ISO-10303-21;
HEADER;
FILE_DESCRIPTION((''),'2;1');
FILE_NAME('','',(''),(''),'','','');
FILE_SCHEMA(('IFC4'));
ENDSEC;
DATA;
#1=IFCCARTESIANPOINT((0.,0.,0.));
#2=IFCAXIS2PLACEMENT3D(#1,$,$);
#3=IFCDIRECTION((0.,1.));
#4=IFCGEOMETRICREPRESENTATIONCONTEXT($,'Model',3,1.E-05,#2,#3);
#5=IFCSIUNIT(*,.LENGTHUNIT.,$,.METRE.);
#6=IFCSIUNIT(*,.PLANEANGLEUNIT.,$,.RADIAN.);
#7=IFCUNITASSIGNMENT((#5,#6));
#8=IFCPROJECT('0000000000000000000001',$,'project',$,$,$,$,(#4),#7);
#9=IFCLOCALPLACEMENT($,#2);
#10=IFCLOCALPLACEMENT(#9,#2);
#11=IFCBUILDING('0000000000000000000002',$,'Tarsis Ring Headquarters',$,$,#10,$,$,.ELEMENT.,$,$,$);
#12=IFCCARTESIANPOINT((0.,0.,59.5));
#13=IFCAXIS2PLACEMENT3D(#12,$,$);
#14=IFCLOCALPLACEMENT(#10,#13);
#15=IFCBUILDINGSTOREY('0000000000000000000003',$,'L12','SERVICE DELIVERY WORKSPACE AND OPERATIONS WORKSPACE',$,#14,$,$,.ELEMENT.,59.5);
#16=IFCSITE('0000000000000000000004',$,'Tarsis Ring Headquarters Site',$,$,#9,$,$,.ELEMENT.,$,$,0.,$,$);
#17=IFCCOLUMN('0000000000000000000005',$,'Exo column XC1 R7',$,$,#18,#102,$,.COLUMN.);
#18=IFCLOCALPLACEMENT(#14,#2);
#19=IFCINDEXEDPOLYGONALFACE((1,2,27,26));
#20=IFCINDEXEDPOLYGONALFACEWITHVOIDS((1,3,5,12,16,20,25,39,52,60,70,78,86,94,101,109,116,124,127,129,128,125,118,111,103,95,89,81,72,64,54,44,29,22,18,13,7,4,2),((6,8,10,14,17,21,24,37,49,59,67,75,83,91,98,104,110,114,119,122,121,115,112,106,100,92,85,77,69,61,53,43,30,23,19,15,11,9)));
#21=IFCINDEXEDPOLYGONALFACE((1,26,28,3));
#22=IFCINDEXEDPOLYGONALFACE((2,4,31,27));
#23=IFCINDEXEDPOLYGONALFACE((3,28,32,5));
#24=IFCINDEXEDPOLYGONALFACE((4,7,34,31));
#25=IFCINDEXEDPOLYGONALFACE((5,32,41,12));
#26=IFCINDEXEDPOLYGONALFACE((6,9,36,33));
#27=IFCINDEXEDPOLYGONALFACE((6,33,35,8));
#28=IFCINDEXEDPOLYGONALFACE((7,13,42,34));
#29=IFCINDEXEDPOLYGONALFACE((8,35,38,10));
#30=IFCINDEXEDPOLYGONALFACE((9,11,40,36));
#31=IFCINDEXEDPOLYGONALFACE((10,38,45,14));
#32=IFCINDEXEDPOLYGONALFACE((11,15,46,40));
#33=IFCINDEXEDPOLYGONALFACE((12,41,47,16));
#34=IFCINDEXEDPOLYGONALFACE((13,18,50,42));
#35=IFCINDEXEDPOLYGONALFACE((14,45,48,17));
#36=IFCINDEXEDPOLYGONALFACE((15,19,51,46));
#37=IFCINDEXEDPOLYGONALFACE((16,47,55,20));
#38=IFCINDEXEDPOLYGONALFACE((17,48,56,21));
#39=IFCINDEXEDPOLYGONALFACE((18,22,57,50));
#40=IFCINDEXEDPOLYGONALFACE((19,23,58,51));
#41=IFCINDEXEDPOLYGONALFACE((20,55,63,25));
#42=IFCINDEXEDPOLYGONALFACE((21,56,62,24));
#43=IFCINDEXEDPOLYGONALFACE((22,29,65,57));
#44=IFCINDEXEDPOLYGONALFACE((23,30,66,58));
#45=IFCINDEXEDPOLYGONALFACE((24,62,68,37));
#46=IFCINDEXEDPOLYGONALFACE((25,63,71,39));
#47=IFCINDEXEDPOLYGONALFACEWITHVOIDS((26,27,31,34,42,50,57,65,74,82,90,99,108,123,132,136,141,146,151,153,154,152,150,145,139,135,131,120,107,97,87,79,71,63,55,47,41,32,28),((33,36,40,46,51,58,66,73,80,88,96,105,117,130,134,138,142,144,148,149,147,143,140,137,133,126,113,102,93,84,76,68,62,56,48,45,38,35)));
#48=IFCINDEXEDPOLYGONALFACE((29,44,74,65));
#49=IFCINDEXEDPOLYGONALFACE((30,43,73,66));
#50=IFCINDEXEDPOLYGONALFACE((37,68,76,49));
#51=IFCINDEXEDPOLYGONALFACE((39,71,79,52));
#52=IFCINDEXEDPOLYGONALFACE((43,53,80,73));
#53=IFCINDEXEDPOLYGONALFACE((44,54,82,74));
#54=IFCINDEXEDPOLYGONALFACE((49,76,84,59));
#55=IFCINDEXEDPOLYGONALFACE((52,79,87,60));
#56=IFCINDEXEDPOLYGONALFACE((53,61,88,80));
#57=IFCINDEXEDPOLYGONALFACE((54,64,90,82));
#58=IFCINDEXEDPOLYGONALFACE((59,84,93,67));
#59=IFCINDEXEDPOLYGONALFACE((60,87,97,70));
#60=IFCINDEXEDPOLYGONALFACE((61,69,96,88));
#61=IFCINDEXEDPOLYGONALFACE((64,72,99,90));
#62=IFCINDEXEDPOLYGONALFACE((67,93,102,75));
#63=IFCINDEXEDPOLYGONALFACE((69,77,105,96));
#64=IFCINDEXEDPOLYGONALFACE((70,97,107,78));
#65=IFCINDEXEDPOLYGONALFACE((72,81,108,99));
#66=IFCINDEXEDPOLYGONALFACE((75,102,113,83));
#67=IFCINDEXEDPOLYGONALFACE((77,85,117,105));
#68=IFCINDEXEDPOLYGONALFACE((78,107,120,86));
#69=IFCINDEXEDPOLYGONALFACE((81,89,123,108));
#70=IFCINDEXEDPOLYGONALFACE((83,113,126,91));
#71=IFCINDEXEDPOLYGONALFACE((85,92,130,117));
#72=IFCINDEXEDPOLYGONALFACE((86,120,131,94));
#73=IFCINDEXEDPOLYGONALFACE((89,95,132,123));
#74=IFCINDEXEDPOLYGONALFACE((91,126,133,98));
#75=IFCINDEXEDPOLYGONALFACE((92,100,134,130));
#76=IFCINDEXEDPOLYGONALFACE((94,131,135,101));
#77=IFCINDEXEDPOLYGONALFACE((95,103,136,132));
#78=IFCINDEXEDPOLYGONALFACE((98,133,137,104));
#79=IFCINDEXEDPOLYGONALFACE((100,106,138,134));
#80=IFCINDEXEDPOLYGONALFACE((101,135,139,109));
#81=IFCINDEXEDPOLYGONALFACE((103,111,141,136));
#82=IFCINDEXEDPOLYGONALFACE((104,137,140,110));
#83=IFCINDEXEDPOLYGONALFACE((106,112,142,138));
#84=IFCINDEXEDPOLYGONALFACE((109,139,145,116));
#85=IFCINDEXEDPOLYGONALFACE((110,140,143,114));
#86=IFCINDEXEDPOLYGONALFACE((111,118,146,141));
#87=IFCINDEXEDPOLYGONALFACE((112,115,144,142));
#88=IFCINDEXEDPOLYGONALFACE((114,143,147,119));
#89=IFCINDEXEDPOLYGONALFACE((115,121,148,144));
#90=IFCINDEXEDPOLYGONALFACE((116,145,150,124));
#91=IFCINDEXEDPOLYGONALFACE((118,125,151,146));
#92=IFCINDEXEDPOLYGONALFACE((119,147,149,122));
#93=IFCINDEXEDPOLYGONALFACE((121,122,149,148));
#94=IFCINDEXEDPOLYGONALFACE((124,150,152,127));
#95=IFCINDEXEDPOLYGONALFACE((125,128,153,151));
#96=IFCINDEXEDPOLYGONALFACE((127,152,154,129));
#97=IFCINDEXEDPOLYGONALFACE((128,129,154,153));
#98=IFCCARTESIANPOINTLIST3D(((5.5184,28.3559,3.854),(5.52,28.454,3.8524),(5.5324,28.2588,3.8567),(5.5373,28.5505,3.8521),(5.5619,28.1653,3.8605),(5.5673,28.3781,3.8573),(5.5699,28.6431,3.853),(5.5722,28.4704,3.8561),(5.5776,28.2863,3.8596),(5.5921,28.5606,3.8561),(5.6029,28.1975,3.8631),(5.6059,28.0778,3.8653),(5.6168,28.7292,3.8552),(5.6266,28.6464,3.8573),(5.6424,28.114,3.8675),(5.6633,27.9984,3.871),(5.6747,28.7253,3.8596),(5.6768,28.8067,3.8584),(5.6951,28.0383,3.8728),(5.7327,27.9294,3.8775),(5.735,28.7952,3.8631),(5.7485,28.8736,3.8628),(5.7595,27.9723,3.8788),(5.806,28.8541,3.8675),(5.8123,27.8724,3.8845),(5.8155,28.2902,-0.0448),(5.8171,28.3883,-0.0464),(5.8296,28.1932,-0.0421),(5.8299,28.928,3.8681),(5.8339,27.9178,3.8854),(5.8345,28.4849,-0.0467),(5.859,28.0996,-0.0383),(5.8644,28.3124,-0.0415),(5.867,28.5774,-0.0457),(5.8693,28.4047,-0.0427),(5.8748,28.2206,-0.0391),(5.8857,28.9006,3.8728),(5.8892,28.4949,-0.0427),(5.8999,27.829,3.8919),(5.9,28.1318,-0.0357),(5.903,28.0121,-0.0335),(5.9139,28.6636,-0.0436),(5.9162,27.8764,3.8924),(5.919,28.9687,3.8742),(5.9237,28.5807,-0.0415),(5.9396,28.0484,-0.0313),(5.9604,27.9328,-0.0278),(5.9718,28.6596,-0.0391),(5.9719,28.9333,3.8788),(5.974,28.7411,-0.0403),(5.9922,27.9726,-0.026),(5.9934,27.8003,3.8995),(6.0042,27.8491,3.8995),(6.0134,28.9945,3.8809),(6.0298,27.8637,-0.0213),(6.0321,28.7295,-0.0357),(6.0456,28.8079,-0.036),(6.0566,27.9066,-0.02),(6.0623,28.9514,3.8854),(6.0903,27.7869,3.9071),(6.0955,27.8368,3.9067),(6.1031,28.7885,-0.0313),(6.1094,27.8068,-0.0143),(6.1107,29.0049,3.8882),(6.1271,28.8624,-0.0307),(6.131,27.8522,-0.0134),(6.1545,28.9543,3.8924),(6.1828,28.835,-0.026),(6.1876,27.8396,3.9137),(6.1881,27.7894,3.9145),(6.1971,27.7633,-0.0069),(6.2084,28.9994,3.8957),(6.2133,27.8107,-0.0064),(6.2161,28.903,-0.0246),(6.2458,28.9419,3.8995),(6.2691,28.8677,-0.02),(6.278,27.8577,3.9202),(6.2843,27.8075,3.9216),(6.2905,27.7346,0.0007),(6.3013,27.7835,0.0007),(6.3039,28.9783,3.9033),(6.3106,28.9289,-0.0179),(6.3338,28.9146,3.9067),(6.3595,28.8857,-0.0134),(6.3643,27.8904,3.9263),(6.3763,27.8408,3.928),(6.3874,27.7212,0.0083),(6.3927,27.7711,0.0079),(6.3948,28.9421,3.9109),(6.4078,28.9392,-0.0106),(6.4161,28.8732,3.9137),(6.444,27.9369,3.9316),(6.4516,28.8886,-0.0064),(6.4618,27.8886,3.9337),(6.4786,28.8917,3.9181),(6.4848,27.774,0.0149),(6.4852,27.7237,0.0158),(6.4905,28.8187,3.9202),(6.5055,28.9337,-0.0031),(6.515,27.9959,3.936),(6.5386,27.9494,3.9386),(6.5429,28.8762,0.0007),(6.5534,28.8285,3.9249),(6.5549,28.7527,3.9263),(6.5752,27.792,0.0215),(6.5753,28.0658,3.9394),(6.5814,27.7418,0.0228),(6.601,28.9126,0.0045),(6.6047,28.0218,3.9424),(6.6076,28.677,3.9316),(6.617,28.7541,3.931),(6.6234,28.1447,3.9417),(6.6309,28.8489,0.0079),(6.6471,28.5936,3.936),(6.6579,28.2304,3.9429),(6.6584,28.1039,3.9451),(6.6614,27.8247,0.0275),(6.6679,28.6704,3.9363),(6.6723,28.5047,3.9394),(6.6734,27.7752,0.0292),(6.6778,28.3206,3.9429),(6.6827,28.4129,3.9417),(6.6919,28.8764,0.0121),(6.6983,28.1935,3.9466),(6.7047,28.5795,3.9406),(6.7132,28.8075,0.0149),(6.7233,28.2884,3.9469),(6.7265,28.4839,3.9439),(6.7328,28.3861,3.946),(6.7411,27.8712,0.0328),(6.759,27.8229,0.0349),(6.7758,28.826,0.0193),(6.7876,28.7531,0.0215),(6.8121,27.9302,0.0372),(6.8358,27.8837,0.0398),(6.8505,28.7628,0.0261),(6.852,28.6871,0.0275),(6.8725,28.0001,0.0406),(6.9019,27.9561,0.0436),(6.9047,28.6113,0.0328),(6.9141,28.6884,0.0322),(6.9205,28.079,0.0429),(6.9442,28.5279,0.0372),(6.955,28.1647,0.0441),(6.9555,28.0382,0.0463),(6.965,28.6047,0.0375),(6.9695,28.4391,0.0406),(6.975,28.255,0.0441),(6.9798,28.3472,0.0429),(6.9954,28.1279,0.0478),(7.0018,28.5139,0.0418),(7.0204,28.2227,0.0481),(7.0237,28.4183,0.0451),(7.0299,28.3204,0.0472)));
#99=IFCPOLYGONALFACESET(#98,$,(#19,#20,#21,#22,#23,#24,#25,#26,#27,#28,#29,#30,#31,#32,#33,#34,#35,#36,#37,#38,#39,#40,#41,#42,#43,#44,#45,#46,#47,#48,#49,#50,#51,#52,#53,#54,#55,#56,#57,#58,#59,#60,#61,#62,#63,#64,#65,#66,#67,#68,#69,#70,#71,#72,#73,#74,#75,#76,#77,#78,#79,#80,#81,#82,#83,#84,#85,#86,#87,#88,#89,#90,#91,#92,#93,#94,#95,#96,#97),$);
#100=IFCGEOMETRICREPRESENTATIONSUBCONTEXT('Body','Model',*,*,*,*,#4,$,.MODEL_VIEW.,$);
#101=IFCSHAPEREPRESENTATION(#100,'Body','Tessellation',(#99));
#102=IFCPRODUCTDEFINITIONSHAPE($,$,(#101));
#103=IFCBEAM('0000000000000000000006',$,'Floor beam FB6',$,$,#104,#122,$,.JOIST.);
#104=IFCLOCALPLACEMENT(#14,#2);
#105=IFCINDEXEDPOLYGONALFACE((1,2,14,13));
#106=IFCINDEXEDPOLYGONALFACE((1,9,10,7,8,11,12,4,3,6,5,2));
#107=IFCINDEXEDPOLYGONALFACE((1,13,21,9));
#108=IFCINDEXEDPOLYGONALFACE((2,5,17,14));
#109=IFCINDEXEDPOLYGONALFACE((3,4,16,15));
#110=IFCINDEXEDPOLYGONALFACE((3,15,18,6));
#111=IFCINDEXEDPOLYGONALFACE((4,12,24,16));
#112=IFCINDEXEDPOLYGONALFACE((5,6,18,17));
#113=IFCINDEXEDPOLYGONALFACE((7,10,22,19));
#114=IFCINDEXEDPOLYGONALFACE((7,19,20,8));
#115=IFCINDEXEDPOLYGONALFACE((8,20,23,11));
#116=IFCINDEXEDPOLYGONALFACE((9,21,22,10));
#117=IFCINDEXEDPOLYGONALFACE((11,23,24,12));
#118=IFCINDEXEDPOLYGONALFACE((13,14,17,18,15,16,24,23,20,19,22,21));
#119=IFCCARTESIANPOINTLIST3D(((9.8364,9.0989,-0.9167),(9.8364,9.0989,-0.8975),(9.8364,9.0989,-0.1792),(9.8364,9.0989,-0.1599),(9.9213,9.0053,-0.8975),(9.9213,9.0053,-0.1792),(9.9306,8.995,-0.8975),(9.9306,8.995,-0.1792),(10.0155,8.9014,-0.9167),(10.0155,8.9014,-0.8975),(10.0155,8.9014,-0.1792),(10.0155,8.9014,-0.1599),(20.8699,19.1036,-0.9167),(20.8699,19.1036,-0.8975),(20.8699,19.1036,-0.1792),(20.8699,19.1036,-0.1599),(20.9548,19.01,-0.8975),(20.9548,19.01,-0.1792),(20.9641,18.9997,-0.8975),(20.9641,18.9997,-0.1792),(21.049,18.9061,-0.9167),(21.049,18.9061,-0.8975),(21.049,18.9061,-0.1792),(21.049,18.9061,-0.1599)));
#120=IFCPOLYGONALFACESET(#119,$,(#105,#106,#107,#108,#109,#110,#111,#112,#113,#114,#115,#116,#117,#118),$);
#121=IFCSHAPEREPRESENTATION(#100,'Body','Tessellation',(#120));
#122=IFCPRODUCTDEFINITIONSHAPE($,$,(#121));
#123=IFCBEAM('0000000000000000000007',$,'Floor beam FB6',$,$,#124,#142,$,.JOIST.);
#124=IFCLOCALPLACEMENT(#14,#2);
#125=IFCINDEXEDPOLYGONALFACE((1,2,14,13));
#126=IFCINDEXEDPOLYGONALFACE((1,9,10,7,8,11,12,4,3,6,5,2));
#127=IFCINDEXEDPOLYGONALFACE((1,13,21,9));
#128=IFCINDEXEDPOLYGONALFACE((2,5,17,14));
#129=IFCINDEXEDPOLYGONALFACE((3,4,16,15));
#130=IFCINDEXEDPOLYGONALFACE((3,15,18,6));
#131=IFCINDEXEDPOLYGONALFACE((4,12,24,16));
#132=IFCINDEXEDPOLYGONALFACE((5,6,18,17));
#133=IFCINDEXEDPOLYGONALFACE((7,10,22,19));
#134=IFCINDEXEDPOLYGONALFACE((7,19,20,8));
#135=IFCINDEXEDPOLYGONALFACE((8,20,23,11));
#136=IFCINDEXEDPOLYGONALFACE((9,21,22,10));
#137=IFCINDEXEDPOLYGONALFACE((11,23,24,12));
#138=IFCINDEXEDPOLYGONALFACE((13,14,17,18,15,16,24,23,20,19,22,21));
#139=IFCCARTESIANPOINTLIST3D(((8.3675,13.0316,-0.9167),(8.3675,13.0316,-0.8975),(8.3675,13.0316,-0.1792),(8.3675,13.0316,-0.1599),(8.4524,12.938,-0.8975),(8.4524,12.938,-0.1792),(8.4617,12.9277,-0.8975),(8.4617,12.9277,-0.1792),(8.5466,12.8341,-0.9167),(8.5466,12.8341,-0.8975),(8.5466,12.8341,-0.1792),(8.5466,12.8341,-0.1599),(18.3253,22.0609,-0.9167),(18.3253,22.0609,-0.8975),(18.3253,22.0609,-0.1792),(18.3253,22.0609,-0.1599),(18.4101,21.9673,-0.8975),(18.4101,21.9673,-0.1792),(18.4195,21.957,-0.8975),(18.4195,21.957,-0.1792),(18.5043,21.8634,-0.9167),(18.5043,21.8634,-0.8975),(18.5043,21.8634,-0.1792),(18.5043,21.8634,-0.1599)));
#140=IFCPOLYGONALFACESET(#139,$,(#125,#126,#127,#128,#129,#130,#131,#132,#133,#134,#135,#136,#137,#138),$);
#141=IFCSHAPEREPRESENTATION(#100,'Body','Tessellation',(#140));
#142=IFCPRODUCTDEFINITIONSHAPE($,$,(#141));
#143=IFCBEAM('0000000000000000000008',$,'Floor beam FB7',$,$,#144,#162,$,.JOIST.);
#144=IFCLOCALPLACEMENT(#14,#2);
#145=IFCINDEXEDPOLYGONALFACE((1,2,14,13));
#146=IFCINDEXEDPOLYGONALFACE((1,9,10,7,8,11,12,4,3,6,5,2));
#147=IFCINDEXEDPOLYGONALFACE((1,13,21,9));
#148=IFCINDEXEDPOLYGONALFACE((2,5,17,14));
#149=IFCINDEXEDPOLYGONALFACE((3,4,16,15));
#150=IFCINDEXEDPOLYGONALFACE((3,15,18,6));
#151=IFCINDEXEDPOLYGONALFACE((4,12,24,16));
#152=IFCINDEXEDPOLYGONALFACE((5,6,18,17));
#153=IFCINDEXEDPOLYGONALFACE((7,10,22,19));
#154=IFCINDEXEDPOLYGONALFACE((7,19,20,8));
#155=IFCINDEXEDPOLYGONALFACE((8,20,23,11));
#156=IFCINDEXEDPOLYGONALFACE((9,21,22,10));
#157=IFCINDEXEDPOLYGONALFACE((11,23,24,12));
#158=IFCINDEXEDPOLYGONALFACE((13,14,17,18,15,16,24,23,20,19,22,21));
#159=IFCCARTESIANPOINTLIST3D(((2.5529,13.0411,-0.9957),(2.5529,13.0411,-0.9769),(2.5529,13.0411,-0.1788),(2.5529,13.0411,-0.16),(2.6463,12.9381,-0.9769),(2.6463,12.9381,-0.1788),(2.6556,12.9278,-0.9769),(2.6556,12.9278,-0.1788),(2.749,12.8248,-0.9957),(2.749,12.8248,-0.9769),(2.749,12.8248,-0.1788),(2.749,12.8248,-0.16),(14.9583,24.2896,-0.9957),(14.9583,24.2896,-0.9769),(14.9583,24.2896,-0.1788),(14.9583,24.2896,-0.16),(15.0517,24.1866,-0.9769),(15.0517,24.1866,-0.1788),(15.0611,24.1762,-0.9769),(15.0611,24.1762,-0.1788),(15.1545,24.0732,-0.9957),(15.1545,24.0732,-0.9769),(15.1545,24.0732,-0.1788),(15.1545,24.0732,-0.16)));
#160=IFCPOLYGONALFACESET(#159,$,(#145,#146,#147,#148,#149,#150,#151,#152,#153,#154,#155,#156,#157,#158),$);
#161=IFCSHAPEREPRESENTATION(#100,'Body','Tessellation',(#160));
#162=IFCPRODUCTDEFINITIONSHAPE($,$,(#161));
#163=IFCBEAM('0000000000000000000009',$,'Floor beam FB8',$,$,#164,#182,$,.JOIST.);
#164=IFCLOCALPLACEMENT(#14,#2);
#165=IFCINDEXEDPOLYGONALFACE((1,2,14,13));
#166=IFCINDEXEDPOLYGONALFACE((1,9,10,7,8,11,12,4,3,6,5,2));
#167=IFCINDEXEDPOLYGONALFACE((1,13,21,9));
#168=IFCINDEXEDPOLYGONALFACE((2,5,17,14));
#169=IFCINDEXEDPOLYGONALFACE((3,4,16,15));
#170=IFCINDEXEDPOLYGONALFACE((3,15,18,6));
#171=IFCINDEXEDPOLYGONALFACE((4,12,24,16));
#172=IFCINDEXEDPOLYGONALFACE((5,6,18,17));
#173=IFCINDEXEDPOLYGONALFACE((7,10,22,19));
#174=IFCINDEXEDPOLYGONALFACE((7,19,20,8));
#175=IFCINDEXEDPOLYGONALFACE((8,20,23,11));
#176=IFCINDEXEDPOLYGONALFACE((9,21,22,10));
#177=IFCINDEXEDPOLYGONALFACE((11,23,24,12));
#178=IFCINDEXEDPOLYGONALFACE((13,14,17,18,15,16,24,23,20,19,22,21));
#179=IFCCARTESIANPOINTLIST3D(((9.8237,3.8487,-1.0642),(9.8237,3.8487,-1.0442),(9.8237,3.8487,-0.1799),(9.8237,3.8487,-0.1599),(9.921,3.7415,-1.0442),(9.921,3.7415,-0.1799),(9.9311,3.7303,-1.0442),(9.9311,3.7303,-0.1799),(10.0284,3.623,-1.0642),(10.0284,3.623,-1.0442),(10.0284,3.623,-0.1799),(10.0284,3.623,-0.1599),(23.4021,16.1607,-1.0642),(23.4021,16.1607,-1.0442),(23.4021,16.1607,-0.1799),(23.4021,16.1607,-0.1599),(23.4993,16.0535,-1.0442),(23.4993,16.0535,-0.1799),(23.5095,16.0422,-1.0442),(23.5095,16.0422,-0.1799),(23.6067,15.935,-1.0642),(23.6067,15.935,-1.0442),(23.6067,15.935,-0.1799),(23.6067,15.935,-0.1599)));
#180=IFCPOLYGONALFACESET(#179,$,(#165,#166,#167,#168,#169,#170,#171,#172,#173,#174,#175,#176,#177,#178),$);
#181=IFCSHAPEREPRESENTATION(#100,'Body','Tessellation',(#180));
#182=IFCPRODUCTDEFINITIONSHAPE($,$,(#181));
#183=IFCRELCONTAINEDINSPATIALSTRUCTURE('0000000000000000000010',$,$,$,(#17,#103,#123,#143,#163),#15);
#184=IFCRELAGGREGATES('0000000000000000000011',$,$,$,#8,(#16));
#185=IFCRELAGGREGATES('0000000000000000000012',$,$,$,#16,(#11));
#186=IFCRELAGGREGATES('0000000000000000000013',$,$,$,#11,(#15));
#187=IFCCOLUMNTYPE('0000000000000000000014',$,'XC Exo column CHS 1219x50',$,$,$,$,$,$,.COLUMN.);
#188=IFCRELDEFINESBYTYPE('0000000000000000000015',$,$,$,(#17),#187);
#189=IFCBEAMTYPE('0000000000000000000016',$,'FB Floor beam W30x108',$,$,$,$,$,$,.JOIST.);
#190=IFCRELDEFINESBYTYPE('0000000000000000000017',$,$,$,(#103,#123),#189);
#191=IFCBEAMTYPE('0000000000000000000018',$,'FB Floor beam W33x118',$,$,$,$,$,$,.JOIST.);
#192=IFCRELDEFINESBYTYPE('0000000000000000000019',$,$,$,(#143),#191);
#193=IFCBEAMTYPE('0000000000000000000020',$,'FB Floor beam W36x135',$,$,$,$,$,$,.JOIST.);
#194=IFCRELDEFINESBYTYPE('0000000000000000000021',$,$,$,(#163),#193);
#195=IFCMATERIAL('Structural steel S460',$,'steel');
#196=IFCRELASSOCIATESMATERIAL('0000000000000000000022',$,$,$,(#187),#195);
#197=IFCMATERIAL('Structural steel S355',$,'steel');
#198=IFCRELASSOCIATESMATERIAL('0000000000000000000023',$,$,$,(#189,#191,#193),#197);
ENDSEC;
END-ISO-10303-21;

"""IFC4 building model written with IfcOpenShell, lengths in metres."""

from ifc_helpers import new_model, si_unit, direction, frame, origin, origin_2d, place, context, subcontext, project, spatial, hollow_circle, i_section, extrude, material, material_profile, profile_set, type_object, element, save


model = new_model("IFC4")

# Units and contexts
model_context = context("Model", 3, precision=1e-05, world=origin(), true_north=direction((0.0, 1.0)))
body_context = subcontext(model_context, "Body", "Model", "MODEL_VIEW")
ifc_project = project(units=[si_unit("LENGTHUNIT", "METRE"), si_unit("PLANEANGLEUNIT", "RADIAN")], contexts=[model_context])

# Site, building, storey
site_placement = place(None, origin())
site = spatial("IfcSite", under=ifc_project, at=site_placement, Name="Tarsis Ring Headquarters Site", CompositionType="ELEMENT", RefElevation=0.0)
building_placement = place(site_placement, origin())
building = spatial("IfcBuilding", under=site, at=building_placement, Name="Tarsis Ring Headquarters", CompositionType="ELEMENT")
storey_placement = place(building_placement, frame((0.0, 0.0, 59.5)))
storey = spatial("IfcBuildingStorey", under=building, at=storey_placement, Name="L12", Description="SERVICE DELIVERY WORKSPACE AND OPERATIONS WORKSPACE", CompositionType="ELEMENT", Elevation=59.5)

# Column
ifc_material_1 = material(Name="Structural steel S460", Category="steel")
ifc_material_profile_1 = material_profile(ifc_material_1, hollow_circle(Radius=0.6096, WallThickness=0.05, at=origin_2d()), Name="CHS 1219x50")
ifc_profile_set_1 = profile_set([ifc_material_profile_1], Name="Structural steel S460")
column_type = type_object("IfcColumnType", Name="XC Exo column CHS 1219x50", PredefinedType="COLUMN", material=ifc_profile_set_1)
column_1_placement = place(storey_placement, frame((6.4221, 28.3298, 0.0007), z_axis=(-0.075979, 0.016794, 0.996968), x_axis=(-0.215826, -0.976432, 0.0)))
element("IfcColumn", 1, at=column_1_placement, inside=storey, type_object=column_type, Name="Exo column XC1 R7", PredefinedType="COLUMN", context=body_context, shape_type="SweptSolid", body=[
    extrude(hollow_circle(Radius=0.6096, WallThickness=0.05, at=origin_2d()), origin(), (0.0, 0.0, 1.0), 3.9106),
])

# Beams
ifc_material_2 = material(Name="Structural steel S355", Category="steel")
ifc_material_profile_2 = material_profile(ifc_material_2, i_section(OverallWidth=0.2666, OverallDepth=0.7568, WebThickness=0.0139, FlangeThickness=0.0193, at=origin_2d()), Name="W30x108")
ifc_profile_set_2 = profile_set([ifc_material_profile_2], Name="Structural steel S355")
beam_type_1 = type_object("IfcBeamType", Name="FB Floor beam W30x108", PredefinedType="JOIST", material=ifc_profile_set_2)
beam_1_placement = place(storey_placement, frame((20.9595, 19.0049, -0.5383), z_axis=(-0.740801, -0.671725, 0.0), x_axis=(0.671725, -0.740801, 0.0)))
element("IfcBeam", 2, at=beam_1_placement, inside=storey, type_object=beam_type_1, Name="Floor beam FB6", PredefinedType="JOIST", context=body_context, shape_type="SweptSolid", body=[
    extrude(i_section(OverallWidth=0.2666, OverallDepth=0.7568, WebThickness=0.0139, FlangeThickness=0.0193, at=origin_2d()), origin(), (0.0, 0.0, 1.0), 14.894),
])
beam_2_placement = place(storey_placement, frame((18.4148, 21.9622, -0.5383), z_axis=(-0.740799, -0.671727, 0.0), x_axis=(0.671727, -0.740799, 0.0)))
element("IfcBeam", 3, at=beam_2_placement, inside=storey, type_object=beam_type_1, Name="Floor beam FB6", PredefinedType="JOIST", context=body_context, shape_type="SweptSolid", body=[
    extrude(i_section(OverallWidth=0.2666, OverallDepth=0.7568, WebThickness=0.0139, FlangeThickness=0.0193, at=origin_2d()), origin(), (0.0, 0.0, 1.0), 13.4419),
])
ifc_material_profile_3 = material_profile(ifc_material_2, i_section(OverallWidth=0.292, OverallDepth=0.8357, WebThickness=0.0139, FlangeThickness=0.0188, at=origin_2d()), Name="W33x118")
ifc_profile_set_3 = profile_set([ifc_material_profile_3], Name="Structural steel S355")
beam_type_2 = type_object("IfcBeamType", Name="FB Floor beam W33x118", PredefinedType="JOIST", material=ifc_profile_set_3)
beam_3_placement = place(storey_placement, frame((15.0564, 24.1814, -0.5779), z_axis=(-0.740808, -0.671717, 0.0), x_axis=(0.671717, -0.740808, 0.0)))
element("IfcBeam", 4, at=beam_3_placement, inside=storey, type_object=beam_type_2, Name="Floor beam FB7", PredefinedType="JOIST", context=body_context, shape_type="SweptSolid", body=[
    extrude(i_section(OverallWidth=0.292, OverallDepth=0.8357, WebThickness=0.0139, FlangeThickness=0.0188, at=origin_2d()), origin(), (0.0, 0.0, 1.0), 16.7458),
])
ifc_material_profile_4 = material_profile(ifc_material_2, i_section(OverallWidth=0.3047, OverallDepth=0.9043, WebThickness=0.0151, FlangeThickness=0.02, at=origin_2d()), Name="W36x135")
ifc_profile_set_4 = profile_set([ifc_material_profile_4], Name="Structural steel S355")
beam_type_3 = type_object("IfcBeamType", Name="FB Floor beam W36x135", PredefinedType="JOIST", material=ifc_profile_set_4)
beam_4_placement = place(storey_placement, frame((23.5044, 16.0479, -0.6121), z_axis=(-0.740807, -0.671718, 0.0), x_axis=(0.671718, -0.740807, 0.0)))
element("IfcBeam", 5, at=beam_4_placement, inside=storey, type_object=beam_type_3, Name="Floor beam FB8", PredefinedType="JOIST", context=body_context, shape_type="SweptSolid", body=[
    extrude(i_section(OverallWidth=0.3047, OverallDepth=0.9043, WebThickness=0.0151, FlangeThickness=0.02, at=origin_2d()), origin(), (0.0, 0.0, 1.0), 18.3291),
])

save(model, "model.ifc")
